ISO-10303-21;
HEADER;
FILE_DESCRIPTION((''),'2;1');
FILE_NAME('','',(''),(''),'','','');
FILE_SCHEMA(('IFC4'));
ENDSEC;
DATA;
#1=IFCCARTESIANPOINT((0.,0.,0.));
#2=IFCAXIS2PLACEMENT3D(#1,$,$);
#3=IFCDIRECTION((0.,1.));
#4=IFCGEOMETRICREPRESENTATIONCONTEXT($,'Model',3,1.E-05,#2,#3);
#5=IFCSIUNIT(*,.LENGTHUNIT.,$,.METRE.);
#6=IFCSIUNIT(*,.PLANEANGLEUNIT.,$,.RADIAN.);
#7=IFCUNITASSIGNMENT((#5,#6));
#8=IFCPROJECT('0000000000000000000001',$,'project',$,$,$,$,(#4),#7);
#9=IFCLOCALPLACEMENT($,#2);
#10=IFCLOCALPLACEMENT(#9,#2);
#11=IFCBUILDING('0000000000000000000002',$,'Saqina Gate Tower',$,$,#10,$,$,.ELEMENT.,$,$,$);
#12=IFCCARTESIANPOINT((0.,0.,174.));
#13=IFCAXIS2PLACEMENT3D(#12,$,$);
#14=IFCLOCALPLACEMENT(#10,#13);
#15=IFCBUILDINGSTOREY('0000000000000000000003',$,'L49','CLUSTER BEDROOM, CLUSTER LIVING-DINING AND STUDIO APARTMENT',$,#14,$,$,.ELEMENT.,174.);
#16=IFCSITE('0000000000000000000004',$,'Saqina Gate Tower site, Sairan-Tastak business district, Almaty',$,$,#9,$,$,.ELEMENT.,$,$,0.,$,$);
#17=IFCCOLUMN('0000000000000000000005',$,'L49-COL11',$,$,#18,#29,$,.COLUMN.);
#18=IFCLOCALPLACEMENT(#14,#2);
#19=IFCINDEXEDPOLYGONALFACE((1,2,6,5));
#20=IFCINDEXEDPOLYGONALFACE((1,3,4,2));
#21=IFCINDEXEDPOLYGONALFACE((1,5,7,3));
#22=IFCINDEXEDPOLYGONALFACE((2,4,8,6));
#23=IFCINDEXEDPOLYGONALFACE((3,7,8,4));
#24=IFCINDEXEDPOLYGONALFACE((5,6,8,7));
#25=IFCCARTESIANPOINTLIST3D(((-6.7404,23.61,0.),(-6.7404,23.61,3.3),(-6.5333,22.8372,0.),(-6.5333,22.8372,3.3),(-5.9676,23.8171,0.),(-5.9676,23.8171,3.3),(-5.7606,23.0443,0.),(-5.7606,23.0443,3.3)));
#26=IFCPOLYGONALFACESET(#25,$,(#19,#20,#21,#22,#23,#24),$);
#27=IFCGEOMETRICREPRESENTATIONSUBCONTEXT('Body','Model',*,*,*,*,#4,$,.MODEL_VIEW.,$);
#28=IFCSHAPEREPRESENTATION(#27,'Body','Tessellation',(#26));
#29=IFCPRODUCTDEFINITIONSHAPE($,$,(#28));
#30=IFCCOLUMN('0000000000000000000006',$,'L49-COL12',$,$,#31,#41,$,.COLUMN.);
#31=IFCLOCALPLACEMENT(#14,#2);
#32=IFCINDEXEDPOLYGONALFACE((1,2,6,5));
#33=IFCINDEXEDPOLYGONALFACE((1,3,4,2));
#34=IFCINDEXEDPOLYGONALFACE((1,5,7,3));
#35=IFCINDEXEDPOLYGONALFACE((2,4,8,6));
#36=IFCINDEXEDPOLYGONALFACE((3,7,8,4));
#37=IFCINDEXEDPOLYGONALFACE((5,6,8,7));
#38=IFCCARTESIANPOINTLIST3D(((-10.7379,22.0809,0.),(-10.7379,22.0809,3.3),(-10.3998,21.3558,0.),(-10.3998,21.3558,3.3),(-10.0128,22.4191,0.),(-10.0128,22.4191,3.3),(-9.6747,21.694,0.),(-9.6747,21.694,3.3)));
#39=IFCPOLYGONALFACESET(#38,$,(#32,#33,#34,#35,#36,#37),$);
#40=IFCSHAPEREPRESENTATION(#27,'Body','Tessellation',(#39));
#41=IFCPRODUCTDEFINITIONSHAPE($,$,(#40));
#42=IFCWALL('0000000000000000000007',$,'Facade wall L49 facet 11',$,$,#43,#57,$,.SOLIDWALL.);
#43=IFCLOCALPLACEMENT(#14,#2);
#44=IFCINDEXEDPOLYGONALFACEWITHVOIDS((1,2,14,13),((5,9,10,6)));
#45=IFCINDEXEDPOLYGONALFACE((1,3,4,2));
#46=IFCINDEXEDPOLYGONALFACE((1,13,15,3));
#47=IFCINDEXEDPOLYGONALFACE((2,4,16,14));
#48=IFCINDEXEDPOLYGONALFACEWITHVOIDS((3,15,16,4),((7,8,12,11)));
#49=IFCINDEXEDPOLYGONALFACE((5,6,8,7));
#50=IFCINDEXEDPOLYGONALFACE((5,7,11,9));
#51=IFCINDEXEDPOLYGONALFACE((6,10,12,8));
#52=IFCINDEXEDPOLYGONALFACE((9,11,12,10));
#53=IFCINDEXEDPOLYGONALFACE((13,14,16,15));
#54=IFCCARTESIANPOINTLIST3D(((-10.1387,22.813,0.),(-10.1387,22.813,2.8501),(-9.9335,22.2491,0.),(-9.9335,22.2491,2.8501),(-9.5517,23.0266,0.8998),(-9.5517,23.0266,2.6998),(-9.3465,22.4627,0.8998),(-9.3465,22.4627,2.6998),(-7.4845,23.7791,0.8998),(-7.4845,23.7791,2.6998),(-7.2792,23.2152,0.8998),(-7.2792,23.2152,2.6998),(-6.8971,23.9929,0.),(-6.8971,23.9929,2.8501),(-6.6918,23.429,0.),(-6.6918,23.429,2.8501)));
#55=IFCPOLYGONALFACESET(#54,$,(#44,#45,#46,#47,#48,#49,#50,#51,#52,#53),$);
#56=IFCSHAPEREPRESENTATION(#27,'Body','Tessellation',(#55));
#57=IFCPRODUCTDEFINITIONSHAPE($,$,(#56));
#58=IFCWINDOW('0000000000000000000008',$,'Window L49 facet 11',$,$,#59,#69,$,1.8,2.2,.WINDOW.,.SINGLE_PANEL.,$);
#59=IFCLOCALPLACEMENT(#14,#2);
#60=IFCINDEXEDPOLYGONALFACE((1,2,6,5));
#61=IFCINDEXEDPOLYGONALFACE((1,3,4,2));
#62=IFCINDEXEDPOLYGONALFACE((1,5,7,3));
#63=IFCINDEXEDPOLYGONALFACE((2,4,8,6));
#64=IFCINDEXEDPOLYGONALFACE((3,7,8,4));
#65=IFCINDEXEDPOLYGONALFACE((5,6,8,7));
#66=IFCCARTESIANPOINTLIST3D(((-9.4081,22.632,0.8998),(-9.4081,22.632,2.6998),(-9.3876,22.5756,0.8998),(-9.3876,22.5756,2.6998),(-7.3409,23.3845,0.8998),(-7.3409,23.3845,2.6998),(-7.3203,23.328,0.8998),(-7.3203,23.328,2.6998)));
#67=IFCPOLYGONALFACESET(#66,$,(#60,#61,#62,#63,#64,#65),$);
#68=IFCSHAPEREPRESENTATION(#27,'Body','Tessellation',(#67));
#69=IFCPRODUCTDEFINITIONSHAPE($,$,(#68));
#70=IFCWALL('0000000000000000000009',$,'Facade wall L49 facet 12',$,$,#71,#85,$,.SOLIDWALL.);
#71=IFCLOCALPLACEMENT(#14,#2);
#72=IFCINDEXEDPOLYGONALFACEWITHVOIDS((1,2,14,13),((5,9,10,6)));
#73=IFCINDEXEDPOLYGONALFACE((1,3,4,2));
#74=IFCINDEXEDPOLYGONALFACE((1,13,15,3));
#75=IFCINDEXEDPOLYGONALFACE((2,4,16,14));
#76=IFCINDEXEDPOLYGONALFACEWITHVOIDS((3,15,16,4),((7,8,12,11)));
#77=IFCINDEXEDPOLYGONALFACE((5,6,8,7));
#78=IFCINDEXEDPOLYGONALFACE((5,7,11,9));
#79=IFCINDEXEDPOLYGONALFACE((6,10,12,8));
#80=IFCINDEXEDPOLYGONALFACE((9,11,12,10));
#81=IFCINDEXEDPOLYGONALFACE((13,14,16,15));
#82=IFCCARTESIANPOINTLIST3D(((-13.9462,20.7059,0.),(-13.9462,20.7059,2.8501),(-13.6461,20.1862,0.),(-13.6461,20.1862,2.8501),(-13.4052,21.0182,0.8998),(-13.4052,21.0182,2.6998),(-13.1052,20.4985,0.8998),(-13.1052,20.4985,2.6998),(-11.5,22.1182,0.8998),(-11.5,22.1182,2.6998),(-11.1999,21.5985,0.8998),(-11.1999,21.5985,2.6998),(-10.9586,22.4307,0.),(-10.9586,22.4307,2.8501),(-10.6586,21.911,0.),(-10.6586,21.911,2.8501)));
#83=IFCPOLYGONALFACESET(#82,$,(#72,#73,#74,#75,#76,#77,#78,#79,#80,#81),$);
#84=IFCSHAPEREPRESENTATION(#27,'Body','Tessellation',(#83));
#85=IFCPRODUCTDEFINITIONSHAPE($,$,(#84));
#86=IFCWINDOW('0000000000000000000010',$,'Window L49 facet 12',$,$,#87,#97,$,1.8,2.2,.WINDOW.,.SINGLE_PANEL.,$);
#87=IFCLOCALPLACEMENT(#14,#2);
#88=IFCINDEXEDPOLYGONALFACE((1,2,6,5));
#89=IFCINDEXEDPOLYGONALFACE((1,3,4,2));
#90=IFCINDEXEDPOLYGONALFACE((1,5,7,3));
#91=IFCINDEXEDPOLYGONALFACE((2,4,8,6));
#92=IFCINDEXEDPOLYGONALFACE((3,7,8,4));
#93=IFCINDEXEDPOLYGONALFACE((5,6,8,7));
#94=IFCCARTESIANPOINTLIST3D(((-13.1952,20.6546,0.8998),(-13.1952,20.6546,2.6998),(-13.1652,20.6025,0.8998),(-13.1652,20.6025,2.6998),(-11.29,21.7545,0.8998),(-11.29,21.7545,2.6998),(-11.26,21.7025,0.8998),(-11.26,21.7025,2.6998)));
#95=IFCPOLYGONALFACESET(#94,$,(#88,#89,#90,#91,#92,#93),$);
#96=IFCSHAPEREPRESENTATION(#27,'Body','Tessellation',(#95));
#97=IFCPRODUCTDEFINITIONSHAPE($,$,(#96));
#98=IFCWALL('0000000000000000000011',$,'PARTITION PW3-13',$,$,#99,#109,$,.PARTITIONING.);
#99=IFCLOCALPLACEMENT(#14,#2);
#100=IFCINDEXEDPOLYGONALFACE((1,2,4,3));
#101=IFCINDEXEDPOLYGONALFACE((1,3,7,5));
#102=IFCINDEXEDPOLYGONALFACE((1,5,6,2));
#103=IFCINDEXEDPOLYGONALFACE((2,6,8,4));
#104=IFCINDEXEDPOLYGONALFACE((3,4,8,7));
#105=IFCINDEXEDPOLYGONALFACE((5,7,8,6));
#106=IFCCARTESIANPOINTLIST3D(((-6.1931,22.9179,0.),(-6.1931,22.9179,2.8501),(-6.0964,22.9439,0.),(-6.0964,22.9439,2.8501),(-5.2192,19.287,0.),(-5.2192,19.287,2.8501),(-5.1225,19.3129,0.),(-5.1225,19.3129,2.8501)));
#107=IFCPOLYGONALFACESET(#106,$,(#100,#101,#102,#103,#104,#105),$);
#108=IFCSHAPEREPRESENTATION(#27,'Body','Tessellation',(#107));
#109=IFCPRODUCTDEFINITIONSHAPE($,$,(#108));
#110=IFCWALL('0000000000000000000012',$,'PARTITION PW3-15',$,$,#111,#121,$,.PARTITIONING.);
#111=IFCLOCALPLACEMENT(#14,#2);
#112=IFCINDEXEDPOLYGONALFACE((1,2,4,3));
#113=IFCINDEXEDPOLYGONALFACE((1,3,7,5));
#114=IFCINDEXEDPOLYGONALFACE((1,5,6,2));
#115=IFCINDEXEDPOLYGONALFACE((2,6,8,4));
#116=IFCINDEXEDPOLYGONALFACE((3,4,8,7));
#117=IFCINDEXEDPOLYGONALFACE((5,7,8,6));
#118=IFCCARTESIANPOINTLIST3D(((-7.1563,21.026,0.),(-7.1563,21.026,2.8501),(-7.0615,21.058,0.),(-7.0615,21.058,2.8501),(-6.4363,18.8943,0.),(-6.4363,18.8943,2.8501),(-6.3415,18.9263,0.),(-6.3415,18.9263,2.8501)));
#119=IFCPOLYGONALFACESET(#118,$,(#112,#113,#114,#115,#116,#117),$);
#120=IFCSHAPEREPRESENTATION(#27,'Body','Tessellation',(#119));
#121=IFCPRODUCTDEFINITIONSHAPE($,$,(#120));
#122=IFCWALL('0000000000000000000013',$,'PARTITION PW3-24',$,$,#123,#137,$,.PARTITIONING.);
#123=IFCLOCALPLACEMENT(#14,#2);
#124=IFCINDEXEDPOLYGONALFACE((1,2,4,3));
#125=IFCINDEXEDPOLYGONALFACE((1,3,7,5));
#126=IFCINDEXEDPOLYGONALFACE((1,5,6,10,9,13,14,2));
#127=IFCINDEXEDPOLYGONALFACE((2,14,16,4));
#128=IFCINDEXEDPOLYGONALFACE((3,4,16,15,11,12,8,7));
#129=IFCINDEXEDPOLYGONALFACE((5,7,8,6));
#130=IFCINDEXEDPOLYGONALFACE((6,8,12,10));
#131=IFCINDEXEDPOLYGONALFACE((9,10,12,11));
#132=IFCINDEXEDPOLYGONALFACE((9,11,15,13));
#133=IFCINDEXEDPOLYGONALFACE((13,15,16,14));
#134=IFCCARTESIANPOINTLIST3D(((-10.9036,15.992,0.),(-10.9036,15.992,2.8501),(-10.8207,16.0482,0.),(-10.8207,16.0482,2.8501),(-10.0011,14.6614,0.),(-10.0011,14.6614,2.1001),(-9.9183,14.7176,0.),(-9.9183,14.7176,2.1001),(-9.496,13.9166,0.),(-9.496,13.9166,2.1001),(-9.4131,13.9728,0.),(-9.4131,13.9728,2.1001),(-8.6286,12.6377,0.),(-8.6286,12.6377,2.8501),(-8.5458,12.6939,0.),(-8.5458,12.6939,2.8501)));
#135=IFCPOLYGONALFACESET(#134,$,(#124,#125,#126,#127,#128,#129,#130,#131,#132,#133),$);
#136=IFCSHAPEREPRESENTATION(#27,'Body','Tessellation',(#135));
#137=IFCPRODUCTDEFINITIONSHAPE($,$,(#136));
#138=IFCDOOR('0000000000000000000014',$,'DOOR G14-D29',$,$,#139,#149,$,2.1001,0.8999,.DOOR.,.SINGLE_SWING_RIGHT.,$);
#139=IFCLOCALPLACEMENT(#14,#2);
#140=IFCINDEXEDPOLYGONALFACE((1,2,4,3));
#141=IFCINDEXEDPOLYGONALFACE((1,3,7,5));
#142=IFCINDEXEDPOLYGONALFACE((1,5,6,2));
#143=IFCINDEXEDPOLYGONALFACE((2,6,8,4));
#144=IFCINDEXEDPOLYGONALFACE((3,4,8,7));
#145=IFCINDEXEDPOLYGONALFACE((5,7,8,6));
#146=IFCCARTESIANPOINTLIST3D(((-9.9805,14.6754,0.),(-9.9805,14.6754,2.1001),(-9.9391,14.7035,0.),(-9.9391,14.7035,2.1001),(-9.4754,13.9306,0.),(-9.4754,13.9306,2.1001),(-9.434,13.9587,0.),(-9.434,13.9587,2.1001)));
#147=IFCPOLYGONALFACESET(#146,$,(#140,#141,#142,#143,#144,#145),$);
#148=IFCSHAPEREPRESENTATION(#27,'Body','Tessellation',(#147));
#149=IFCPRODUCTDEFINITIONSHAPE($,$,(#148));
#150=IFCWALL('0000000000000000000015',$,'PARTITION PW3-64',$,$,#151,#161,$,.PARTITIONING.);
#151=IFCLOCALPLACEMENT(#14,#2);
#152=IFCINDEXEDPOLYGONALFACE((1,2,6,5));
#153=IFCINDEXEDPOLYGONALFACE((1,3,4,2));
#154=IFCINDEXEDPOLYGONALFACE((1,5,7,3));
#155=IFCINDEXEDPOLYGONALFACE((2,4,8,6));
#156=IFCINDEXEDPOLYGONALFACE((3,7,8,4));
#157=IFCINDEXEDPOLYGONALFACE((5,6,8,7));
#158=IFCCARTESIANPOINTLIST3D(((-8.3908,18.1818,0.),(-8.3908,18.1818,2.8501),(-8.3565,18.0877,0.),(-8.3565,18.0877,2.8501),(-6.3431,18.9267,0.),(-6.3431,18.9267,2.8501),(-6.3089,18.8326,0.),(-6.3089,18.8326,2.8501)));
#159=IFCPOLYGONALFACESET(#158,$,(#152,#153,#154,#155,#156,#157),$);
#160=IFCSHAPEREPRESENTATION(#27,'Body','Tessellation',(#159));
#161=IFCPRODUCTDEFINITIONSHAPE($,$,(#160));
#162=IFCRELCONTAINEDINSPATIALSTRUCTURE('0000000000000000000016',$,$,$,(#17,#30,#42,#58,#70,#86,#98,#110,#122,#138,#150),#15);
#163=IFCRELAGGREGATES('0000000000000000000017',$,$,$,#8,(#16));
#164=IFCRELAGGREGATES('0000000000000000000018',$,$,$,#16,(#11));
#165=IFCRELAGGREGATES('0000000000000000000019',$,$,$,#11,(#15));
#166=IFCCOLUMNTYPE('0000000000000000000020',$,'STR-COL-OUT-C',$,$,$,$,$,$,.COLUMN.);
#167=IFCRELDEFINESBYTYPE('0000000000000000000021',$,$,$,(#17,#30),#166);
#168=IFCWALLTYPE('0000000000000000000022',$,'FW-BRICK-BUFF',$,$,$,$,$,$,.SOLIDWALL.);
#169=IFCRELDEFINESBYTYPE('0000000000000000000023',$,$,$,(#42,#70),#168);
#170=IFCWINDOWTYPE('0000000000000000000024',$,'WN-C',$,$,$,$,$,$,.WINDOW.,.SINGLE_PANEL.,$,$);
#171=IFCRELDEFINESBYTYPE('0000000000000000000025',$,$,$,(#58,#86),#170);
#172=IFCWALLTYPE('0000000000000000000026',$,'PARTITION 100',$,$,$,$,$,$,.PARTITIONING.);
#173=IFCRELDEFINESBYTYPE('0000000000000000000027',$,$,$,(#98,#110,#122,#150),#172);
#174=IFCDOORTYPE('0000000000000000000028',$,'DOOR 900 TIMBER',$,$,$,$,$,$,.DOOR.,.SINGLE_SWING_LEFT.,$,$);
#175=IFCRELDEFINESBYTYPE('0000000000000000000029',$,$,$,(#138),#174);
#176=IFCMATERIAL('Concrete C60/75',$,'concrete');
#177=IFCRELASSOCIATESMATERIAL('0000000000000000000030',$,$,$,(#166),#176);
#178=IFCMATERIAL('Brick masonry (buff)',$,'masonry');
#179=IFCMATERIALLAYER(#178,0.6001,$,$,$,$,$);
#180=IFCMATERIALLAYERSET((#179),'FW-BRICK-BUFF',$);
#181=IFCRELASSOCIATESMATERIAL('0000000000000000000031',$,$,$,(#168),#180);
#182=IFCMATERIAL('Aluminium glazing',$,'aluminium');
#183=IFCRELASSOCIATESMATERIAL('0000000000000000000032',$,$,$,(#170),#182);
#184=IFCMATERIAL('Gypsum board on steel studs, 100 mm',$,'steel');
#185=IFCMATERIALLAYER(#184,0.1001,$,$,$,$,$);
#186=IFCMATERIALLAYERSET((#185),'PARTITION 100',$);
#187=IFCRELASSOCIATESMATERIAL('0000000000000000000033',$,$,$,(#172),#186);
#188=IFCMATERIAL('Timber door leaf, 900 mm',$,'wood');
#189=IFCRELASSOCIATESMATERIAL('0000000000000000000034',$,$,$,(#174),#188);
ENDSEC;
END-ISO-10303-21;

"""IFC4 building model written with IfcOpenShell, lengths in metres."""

from ifc_helpers import new_model, si_unit, direction, frame, frame_2d, origin, origin_2d, place, context, subcontext, project, spatial, rectangle, extrude, material, layer, layer_set, material_profile, profile_set, type_object, element, fill, save


model = new_model("IFC4")

# Units and contexts
model_context = context("Model", 3, precision=1e-05, world=origin(), true_north=direction((0.0, 1.0)))
body_context = subcontext(model_context, "Body", "Model", "MODEL_VIEW")
ifc_project = project(units=[si_unit("LENGTHUNIT", "METRE"), si_unit("PLANEANGLEUNIT", "RADIAN")], contexts=[model_context])

# Site, building, storey
site_placement = place(None, origin())
site = spatial("IfcSite", under=ifc_project, at=site_placement, Name="Saqina Gate Tower site, Sairan-Tastak business district, Almaty", CompositionType="ELEMENT", RefElevation=0.0)
building_placement = place(site_placement, origin())
building = spatial("IfcBuilding", under=site, at=building_placement, Name="Saqina Gate Tower", CompositionType="ELEMENT")
storey_placement = place(building_placement, frame((0.0, 0.0, 174.0)))
storey = spatial("IfcBuildingStorey", under=building, at=storey_placement, Name="L49", Description="CLUSTER BEDROOM, CLUSTER LIVING-DINING AND STUDIO APARTMENT", CompositionType="ELEMENT", Elevation=174.0)

# Columns
ifc_material_1 = material(Name="Concrete C60/75", Category="concrete")
ifc_material_profile = material_profile(ifc_material_1, rectangle(XDim=0.8, YDim=0.8, at=origin_2d()), Name="RC 800x800")
ifc_profile_set = profile_set([ifc_material_profile], Name="Concrete C60/75")
column_type = type_object("IfcColumnType", Name="STR-COL-OUT-C", PredefinedType="COLUMN", material=ifc_profile_set)
for number, where, z_axis, x_axis, name in (
    (1, (-6.2505, 23.3271, 0.0), (0.0, 0.0, 1.0), (-0.258819, 0.965926, 0.0), "L49-COL11"),
    (2, (-10.2063, 21.8875, 0.0), (0.0, 0.0, 1.0), (-0.422618, 0.906308, 0.0), "L49-COL12"),
):
    element("IfcColumn", number, at=place(storey_placement, frame(where, z_axis=z_axis, x_axis=x_axis)), inside=storey, type_object=column_type, Name=name, PredefinedType="COLUMN", context=body_context, shape_type="SweptSolid", body=[
        extrude(rectangle(XDim=0.8, YDim=0.8, at=origin_2d()), origin(), (0.0, 0.0, 1.0), 3.3),
    ])

# Walls, openings, windows
ifc_material_2 = material(Name="Brick masonry (buff)", Category="masonry")
ifc_layer_1 = layer(ifc_material_2, 0.6001)
ifc_layer_set_1 = layer_set([ifc_layer_1], Name="FW-BRICK-BUFF")
wall_type_1 = type_object("IfcWallType", Name="FW-BRICK-BUFF", PredefinedType="SOLIDWALL", material=ifc_layer_set_1)
wall_1_placement = place(storey_placement, frame((-6.7944, 23.7109, 0.0), z_axis=(0.0, 0.0, 1.0), x_axis=(-0.939688, -0.342033, 0.0)))
wall_1 = element("IfcWall", 3, at=wall_1_placement, inside=storey, type_object=wall_type_1, Name="Facade wall L49 facet 11", PredefinedType="SOLIDWALL", context=body_context, shape_type="SweptSolid", body=[
    extrude(rectangle(XDim=3.4497, YDim=0.6001, at=frame_2d((1.7249, 0.0))), origin(), (0.0, 0.0, 1.0), 2.8501),
])
opening_1_placement = place(wall_1_placement, frame((0.625, 0.0, 0.8999)))
opening_1 = element("IfcOpeningElement", 4, at=opening_1_placement, cuts=wall_1, PredefinedType="OPENING", context=body_context, shape_type="SweptSolid", body=[
    extrude(rectangle(XDim=2.2, YDim=1.8, at=frame_2d((1.1001, 0.8999))), frame((0.0, 0.312, 0.0), z_axis=(0.0, -1.0, 0.0), x_axis=(1.0, 0.0, 0.0)), (0.0, 0.0, 1.0), 0.624),
])
ifc_material_3 = material(Name="Aluminium glazing", Category="aluminium")
window_type = type_object("IfcWindowType", Name="WN-C", PartitioningType="SINGLE_PANEL", PredefinedType="WINDOW", material=ifc_material_3)
window_1_placement = place(opening_1_placement, origin())
window_1 = element("IfcWindow", 5, at=window_1_placement, inside=storey, type_object=window_type, Name="Window L49 facet 11", OverallHeight=1.8, OverallWidth=2.2, PartitioningType="SINGLE_PANEL", PredefinedType="WINDOW", context=body_context, shape_type="SweptSolid", body=[
    extrude(rectangle(XDim=2.2, YDim=1.8, at=frame_2d((1.1001, 0.8999))), frame((0.0, 0.1799, 0.0), z_axis=(0.0, -1.0, 0.0), x_axis=(1.0, 0.0, 0.0)), (0.0, 0.0, 1.0), 0.0601),
])
fill(opening_1, window_1)
wall_2_placement = place(storey_placement, frame((-10.8086, 22.1709, 0.0), z_axis=(0.0, 0.0, 1.0), x_axis=(-0.866026, -0.499998, 0.0)))
wall_2 = element("IfcWall", 6, at=wall_2_placement, inside=storey, type_object=wall_type_1, Name="Facade wall L49 facet 12", PredefinedType="SOLIDWALL", context=body_context, shape_type="SweptSolid", body=[
    extrude(rectangle(XDim=3.4497, YDim=0.6001, at=frame_2d((1.7249, 0.0))), origin(), (0.0, 0.0, 1.0), 2.8501),
])
opening_2_placement = place(wall_2_placement, frame((0.625, 0.0, 0.8999)))
opening_2 = element("IfcOpeningElement", 7, at=opening_2_placement, cuts=wall_2, PredefinedType="OPENING", context=body_context, shape_type="SweptSolid", body=[
    extrude(rectangle(XDim=2.2, YDim=1.8, at=frame_2d((1.1001, 0.8999))), frame((0.0, 0.312, 0.0), z_axis=(0.0, -1.0, 0.0), x_axis=(1.0, 0.0, 0.0)), (0.0, 0.0, 1.0), 0.624),
])
window_2_placement = place(opening_2_placement, origin())
window_2 = element("IfcWindow", 8, at=window_2_placement, inside=storey, type_object=window_type, Name="Window L49 facet 12", OverallHeight=1.8, OverallWidth=2.2, PartitioningType="SINGLE_PANEL", PredefinedType="WINDOW", context=body_context, shape_type="SweptSolid", body=[
    extrude(rectangle(XDim=2.2, YDim=1.8, at=frame_2d((1.1001, 0.8999))), frame((0.0, 0.1799, 0.0), z_axis=(0.0, -1.0, 0.0), x_axis=(1.0, 0.0, 0.0)), (0.0, 0.0, 1.0), 0.0601),
])
fill(opening_2, window_2)

# Walls
ifc_material_4 = material(Name="Gypsum board on steel studs, 100 mm", Category="steel")
ifc_layer_2 = layer(ifc_material_4, 0.1001)
ifc_layer_set_2 = layer_set([ifc_layer_2], Name="PARTITION 100")
wall_type_2 = type_object("IfcWallType", Name="PARTITION 100", PredefinedType="PARTITIONING", material=ifc_layer_set_2)
wall_3_placement = place(storey_placement, frame((-6.1448, 22.9309, 0.0), z_axis=(0.0, 0.0, 1.0), x_axis=(0.259065, -0.96586, 0.0)))
element("IfcWall", 9, at=wall_3_placement, inside=storey, type_object=wall_type_2, Name="PARTITION PW3-13", PredefinedType="PARTITIONING", context=body_context, shape_type="SweptSolid", body=[
    extrude(rectangle(XDim=3.7593, YDim=0.1001, at=frame_2d((1.8796, 0.0))), origin(), (0.0, 0.0, 1.0), 2.8501),
])
wall_4_placement = place(storey_placement, frame((-7.1089, 21.042, 0.0), z_axis=(0.0, 0.0, 1.0), x_axis=(0.320001, -0.947417, 0.0)))
element("IfcWall", 10, at=wall_4_placement, inside=storey, type_object=wall_type_2, Name="PARTITION PW3-15", PredefinedType="PARTITIONING", context=body_context, shape_type="SweptSolid", body=[
    extrude(rectangle(XDim=2.25, YDim=0.1001, at=frame_2d((1.125, 0.0))), origin(), (0.0, 0.0, 1.0), 2.8501),
])

# Wall, opening, door
wall_5_placement = place(storey_placement, frame((-10.8621, 16.02, 0.0), z_axis=(0.0, 0.0, 1.0), x_axis=(0.5613, -0.827613, 0.0)))
wall_5 = element("IfcWall", 11, at=wall_5_placement, inside=storey, type_object=wall_type_2, Name="PARTITION PW3-24", PredefinedType="PARTITIONING", context=body_context, shape_type="SweptSolid", body=[
    extrude(rectangle(XDim=4.053, YDim=0.1001, at=frame_2d((2.0264, 0.0))), origin(), (0.0, 0.0, 1.0), 2.8501),
])
opening_3_placement = place(wall_5_placement, frame((1.6077, 0.0, 0.0)))
opening_3 = element("IfcOpeningElement", 12, at=opening_3_placement, cuts=wall_5, PredefinedType="OPENING", context=body_context, shape_type="SweptSolid", body=[
    extrude(rectangle(XDim=0.8999, YDim=2.1001, at=frame_2d((0.45, 1.05))), frame((0.0, 0.062, 0.0), z_axis=(0.0, -1.0, 0.0), x_axis=(1.0, 0.0, 0.0)), (0.0, 0.0, 1.0), 0.124),
])
ifc_material_5 = material(Name="Timber door leaf, 900 mm", Category="wood")
door_type_1 = type_object("IfcDoorType", Name="DOOR 900 TIMBER", OperationType="SINGLE_SWING_LEFT", PredefinedType="DOOR", material=ifc_material_5)
door_1_placement = place(opening_3_placement, origin())
door_1 = element("IfcDoor", 13, at=door_1_placement, inside=storey, type_object=door_type_1, Name="DOOR G14-D29", OperationType="SINGLE_SWING_RIGHT", OverallHeight=2.1001, OverallWidth=0.8999, PredefinedType="DOOR", context=body_context, shape_type="SweptSolid", body=[
    extrude(rectangle(XDim=0.8999, YDim=2.1001, at=frame_2d((0.45, 1.05))), frame((0.0, 0.0249, 0.0), z_axis=(0.0, -1.0, 0.0), x_axis=(1.0, 0.0, 0.0)), (0.0, 0.0, 1.0), 0.05),
])
fill(opening_3, door_1)

# Wall
wall_6_placement = place(storey_placement, frame((-8.3735, 18.1348, 0.0), z_axis=(0.0, 0.0, 1.0), x_axis=(0.939751, 0.34186, 0.0)))
element("IfcWall", 14, at=wall_6_placement, inside=storey, type_object=wall_type_2, Name="PARTITION PW3-64", PredefinedType="PARTITIONING", context=body_context, shape_type="SweptSolid", body=[
    extrude(rectangle(XDim=2.179, YDim=0.1001, at=frame_2d((1.0894, 0.0))), origin(), (0.0, 0.0, 1.0), 2.8501),
])

save(model, "model.ifc")
